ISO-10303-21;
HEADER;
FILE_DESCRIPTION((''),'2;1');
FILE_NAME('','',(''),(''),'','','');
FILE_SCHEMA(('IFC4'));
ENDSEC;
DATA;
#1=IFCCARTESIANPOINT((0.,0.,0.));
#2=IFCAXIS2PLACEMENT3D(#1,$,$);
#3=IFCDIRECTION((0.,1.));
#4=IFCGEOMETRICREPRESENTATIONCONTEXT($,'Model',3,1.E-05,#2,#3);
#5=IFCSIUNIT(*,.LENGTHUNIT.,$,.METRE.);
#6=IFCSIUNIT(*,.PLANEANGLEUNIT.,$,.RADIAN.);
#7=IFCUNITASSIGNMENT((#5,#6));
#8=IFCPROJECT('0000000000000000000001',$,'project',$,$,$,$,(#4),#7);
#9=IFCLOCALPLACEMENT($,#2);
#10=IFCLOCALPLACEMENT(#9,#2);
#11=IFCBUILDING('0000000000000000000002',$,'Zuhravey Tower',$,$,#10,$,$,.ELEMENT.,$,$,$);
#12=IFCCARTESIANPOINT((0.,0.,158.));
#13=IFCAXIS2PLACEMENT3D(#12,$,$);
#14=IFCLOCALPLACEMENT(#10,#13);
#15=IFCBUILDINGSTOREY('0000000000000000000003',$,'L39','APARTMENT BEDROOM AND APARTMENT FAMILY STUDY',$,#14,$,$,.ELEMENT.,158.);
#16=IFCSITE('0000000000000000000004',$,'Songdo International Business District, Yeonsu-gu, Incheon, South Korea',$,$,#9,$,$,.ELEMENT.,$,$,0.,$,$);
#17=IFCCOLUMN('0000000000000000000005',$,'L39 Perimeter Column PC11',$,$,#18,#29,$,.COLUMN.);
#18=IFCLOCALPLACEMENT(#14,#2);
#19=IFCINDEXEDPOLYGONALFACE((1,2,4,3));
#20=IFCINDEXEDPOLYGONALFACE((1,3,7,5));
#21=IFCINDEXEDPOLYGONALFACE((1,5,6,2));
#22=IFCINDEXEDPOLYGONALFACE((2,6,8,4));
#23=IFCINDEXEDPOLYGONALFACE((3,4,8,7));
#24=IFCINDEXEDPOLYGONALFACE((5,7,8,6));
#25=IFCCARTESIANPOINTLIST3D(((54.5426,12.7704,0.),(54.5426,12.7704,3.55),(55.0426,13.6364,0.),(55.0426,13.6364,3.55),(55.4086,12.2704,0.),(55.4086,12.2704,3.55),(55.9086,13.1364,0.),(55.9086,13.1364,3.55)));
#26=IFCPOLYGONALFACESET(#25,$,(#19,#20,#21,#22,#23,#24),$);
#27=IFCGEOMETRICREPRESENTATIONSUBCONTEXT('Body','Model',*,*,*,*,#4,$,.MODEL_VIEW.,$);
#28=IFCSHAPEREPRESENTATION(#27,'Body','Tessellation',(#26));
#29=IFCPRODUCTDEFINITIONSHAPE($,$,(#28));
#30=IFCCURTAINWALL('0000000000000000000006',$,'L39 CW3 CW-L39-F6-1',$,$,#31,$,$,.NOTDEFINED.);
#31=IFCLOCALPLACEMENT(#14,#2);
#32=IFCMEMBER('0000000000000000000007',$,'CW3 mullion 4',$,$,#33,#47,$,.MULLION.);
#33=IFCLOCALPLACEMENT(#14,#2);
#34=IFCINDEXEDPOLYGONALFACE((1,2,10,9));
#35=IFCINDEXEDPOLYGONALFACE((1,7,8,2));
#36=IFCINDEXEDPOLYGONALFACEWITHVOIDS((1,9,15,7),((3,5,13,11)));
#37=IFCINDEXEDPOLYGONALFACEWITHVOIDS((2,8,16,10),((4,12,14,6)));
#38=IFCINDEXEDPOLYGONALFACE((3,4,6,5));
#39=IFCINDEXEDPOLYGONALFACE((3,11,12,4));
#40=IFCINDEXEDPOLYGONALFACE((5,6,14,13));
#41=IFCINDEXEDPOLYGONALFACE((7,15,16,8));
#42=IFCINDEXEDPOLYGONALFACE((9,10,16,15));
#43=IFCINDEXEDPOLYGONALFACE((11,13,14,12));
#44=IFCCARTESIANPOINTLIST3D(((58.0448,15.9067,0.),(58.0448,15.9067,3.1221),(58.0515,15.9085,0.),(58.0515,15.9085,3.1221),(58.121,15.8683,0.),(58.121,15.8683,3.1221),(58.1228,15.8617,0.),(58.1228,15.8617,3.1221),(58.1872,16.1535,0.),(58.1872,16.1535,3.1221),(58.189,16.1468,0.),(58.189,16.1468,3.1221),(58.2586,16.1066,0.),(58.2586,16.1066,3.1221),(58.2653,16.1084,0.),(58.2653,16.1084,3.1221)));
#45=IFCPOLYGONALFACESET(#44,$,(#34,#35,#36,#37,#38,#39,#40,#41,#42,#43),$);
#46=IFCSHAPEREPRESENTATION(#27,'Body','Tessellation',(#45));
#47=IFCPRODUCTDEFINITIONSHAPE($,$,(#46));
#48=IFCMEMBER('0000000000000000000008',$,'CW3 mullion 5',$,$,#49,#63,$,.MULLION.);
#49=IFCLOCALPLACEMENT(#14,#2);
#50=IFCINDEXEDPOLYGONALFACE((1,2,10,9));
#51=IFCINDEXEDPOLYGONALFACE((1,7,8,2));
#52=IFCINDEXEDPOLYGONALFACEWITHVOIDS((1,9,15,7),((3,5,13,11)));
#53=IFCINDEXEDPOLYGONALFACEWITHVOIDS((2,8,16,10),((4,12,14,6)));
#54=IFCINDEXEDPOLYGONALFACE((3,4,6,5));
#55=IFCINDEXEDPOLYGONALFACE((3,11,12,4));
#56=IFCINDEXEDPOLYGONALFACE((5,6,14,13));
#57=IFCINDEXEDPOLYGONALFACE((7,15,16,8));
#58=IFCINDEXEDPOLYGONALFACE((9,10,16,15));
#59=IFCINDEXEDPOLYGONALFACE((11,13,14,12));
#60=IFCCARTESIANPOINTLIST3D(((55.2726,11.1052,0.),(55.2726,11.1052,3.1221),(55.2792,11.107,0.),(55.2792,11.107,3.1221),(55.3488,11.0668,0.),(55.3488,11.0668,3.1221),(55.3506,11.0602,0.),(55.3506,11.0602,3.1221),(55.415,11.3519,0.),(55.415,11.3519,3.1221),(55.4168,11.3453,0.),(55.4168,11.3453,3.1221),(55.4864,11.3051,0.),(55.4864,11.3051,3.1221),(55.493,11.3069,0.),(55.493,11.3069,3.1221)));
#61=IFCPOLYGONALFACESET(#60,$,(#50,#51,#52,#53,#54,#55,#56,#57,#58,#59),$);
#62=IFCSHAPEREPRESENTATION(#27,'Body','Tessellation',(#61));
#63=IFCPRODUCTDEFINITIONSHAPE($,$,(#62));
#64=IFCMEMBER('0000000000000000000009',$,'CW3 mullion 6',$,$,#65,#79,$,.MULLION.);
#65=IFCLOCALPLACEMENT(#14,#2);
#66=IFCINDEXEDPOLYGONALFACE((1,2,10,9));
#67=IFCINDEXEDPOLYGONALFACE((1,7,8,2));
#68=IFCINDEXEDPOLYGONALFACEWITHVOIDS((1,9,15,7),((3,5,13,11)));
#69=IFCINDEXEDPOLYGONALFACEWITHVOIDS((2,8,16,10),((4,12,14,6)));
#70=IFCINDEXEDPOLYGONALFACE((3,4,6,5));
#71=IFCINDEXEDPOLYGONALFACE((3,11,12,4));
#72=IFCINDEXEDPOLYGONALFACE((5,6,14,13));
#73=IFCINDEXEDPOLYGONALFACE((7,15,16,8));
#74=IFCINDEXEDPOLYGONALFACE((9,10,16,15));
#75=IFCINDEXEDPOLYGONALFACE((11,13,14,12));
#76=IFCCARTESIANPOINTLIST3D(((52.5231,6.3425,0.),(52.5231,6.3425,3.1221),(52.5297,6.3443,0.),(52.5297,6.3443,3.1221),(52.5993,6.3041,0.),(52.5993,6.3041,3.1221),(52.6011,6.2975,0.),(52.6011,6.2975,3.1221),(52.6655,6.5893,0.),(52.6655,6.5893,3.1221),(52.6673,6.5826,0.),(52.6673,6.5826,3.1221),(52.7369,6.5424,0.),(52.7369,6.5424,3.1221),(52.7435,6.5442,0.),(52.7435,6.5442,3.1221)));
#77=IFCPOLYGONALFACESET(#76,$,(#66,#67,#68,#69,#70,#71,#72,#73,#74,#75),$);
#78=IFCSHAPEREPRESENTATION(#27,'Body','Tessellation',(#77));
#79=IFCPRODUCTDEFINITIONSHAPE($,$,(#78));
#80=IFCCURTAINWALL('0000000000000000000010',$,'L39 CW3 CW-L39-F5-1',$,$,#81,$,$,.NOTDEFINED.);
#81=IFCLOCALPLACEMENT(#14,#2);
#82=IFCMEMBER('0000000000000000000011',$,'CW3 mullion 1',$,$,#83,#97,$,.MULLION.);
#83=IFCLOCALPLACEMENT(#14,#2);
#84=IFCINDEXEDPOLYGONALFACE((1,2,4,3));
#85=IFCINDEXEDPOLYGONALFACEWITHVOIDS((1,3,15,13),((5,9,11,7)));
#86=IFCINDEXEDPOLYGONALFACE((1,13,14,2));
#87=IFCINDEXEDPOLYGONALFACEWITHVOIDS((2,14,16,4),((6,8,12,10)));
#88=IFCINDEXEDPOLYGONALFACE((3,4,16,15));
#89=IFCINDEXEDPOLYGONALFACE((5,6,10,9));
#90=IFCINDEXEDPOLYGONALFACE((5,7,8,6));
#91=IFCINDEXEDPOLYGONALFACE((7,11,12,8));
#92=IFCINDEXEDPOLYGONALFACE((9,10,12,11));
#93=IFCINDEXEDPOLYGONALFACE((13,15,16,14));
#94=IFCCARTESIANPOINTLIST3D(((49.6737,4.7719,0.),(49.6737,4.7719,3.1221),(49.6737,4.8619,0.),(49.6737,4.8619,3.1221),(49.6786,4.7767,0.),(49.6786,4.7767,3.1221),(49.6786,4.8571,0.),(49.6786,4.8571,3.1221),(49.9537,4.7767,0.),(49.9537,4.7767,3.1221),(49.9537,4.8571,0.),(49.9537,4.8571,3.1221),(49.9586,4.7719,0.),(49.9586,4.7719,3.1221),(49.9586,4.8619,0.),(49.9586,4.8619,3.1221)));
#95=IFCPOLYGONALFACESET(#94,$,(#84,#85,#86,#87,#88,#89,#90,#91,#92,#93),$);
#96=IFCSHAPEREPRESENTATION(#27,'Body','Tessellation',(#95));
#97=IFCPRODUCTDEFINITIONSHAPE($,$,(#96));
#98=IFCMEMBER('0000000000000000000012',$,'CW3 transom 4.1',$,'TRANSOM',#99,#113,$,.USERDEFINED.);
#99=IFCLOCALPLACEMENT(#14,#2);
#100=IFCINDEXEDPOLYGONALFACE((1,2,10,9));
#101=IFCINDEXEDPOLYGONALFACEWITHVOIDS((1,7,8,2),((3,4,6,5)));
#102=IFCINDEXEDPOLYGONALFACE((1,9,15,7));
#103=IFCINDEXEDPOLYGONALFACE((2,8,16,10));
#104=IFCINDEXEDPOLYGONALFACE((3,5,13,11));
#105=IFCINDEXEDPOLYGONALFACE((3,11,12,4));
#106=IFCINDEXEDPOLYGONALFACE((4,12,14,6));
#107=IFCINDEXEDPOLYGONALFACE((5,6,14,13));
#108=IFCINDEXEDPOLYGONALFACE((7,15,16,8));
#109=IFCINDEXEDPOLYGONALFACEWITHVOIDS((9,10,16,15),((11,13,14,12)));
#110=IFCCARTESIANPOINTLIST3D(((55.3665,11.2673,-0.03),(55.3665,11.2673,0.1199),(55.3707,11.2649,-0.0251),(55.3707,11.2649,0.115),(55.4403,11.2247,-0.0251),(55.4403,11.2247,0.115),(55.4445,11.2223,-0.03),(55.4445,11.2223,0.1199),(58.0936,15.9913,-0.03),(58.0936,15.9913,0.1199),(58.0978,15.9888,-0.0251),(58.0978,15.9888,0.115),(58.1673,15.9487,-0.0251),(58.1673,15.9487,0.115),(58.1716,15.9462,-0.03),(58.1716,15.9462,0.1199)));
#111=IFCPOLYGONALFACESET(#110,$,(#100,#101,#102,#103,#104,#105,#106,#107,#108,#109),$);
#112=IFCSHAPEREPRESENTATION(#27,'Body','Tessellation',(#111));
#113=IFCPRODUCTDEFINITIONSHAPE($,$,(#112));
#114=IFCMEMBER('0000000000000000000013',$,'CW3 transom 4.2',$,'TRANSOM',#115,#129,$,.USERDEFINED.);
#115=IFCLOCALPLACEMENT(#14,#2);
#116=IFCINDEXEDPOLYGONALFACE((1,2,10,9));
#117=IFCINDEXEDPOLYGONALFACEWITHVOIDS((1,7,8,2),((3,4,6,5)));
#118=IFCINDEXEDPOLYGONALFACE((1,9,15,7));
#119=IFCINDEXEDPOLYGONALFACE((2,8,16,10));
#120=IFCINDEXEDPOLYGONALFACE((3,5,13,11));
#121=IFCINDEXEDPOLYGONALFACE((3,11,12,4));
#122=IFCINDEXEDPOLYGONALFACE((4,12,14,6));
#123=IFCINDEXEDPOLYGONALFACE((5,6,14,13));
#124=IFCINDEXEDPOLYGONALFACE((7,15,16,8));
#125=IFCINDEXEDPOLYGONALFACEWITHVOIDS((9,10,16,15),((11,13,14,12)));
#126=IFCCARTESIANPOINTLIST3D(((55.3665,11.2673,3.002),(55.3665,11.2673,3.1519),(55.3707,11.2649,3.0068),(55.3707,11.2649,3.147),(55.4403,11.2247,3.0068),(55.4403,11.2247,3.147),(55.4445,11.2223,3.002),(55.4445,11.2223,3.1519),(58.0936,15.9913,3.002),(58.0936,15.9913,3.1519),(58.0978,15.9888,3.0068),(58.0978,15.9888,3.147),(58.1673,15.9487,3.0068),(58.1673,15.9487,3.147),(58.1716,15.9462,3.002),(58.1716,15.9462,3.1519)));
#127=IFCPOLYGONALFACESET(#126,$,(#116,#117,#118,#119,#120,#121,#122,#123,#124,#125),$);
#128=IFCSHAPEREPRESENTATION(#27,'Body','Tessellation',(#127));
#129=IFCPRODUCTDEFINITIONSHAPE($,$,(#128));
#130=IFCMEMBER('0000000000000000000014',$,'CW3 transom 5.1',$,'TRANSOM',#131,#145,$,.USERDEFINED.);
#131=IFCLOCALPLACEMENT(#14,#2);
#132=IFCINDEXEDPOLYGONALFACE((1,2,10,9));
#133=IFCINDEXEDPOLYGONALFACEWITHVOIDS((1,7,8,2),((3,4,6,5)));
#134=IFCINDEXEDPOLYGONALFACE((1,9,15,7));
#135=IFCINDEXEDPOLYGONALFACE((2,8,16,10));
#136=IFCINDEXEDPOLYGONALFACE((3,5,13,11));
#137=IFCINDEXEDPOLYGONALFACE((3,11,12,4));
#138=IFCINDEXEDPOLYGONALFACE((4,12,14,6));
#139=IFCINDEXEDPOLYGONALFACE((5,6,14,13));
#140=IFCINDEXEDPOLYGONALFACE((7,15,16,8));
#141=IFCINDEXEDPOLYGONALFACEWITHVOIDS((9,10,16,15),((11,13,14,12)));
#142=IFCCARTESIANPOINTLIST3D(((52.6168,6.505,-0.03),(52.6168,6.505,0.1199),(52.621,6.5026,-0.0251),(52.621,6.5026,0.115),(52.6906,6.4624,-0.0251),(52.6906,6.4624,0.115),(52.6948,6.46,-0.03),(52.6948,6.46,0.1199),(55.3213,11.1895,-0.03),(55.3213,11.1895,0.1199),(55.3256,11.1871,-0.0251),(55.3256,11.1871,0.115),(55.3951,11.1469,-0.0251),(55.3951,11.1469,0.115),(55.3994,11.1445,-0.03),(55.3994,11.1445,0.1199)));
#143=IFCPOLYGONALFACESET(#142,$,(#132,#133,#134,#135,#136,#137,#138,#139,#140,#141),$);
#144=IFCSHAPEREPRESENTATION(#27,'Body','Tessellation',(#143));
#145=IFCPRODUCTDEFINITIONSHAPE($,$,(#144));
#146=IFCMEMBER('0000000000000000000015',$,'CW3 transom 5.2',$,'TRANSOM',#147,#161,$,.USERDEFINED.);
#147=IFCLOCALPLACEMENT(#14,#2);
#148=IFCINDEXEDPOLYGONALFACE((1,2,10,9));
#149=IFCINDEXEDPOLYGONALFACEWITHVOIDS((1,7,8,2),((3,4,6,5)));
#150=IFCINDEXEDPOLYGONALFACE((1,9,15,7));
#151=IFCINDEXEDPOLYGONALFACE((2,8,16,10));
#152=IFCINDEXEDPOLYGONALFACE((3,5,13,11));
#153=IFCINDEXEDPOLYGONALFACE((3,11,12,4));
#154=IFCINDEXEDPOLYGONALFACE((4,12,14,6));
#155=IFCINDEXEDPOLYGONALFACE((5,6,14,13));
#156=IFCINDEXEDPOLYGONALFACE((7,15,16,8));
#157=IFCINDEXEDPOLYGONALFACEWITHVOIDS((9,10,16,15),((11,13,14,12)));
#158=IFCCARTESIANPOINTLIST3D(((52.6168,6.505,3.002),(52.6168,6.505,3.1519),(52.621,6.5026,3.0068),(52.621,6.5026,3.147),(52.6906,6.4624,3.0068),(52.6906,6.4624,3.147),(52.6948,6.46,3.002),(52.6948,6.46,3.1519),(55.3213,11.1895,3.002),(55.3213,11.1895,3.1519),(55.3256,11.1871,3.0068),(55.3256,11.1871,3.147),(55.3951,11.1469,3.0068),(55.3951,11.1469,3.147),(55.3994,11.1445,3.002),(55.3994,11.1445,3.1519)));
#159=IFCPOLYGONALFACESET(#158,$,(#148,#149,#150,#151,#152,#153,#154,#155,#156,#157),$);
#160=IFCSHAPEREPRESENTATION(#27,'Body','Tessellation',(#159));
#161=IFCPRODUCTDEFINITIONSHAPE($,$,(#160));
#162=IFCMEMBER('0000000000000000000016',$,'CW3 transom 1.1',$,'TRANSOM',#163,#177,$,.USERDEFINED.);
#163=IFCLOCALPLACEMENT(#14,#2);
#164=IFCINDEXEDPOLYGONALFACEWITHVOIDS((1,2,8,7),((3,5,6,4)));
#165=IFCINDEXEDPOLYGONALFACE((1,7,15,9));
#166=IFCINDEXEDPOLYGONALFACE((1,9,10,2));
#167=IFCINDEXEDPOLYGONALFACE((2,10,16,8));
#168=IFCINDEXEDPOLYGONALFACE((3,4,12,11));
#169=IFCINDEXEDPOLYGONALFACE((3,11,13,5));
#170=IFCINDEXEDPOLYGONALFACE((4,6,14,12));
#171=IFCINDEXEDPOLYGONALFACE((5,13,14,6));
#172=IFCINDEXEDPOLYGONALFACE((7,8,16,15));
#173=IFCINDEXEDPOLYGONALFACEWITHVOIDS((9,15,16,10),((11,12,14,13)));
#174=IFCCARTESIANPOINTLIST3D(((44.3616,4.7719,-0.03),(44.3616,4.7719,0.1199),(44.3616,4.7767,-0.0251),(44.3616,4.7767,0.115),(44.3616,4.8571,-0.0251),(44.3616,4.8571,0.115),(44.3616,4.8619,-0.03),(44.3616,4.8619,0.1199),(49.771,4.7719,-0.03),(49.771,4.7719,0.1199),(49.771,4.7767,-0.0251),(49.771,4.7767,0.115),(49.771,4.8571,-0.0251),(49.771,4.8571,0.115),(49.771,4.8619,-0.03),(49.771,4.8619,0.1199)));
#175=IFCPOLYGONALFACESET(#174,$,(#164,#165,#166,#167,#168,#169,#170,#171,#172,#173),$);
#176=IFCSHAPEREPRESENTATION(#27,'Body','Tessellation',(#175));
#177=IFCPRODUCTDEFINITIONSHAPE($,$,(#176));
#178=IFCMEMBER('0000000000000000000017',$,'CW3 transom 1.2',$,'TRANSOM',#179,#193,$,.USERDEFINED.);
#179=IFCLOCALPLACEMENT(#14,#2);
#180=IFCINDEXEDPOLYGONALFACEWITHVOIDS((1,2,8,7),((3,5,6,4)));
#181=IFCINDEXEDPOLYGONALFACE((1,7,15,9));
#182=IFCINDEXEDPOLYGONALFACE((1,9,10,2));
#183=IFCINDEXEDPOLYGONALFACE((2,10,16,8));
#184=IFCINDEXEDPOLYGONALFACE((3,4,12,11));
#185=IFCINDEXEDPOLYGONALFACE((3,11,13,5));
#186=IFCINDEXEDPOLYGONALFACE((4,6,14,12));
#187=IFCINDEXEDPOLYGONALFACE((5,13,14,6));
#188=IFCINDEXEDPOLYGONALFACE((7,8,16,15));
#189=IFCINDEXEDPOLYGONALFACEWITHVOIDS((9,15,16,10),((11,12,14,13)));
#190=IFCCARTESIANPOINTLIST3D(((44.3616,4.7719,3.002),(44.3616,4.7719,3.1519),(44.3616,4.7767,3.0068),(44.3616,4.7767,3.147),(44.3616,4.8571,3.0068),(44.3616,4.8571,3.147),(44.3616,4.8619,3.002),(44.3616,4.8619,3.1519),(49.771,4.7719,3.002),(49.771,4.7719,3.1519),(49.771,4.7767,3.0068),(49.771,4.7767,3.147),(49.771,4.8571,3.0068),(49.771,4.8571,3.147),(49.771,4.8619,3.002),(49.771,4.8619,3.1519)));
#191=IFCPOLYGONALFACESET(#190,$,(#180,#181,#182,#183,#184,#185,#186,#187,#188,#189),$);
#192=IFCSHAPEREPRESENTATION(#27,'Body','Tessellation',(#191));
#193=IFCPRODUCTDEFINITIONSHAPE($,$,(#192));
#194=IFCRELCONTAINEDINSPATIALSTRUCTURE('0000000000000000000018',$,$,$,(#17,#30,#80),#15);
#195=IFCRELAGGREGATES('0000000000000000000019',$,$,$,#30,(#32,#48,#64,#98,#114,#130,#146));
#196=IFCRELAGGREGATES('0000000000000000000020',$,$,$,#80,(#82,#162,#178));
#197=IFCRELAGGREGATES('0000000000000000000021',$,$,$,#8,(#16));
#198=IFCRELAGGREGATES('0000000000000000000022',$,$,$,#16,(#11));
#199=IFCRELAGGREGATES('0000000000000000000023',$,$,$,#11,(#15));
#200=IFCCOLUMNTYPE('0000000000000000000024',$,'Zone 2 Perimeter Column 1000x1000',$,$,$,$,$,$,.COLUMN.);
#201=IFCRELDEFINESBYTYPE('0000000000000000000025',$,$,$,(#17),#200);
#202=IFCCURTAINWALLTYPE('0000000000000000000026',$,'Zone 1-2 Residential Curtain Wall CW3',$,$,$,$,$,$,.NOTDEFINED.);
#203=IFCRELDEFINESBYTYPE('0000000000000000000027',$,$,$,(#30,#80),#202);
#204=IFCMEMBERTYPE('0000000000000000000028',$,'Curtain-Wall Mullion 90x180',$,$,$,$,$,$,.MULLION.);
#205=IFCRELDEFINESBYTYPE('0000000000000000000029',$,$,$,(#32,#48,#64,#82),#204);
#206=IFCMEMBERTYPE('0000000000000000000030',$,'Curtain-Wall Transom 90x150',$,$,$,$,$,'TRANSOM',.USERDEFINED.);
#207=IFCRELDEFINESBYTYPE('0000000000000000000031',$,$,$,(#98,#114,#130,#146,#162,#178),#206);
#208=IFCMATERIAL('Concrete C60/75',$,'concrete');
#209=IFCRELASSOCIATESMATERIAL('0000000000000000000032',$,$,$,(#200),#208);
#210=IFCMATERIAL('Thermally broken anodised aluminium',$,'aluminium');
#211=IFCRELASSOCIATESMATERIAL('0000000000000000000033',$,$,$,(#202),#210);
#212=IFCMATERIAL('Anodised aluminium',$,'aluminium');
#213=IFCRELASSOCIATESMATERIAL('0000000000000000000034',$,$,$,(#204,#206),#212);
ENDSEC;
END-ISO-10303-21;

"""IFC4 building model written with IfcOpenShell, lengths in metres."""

from ifc_helpers import new_model, si_unit, direction, frame, origin, origin_2d, place, context, subcontext, project, spatial, rectangle, hollow_rectangle, extrude, material, material_profile, profile_set, type_object, element, aggregate, save


model = new_model("IFC4")

# Units and contexts
model_context = context("Model", 3, precision=1e-05, world=origin(), true_north=direction((0.0, 1.0)))
body_context = subcontext(model_context, "Body", "Model", "MODEL_VIEW")
ifc_project = project(units=[si_unit("LENGTHUNIT", "METRE"), si_unit("PLANEANGLEUNIT", "RADIAN")], contexts=[model_context])

# Site, building, storey
site_placement = place(None, origin())
site = spatial("IfcSite", under=ifc_project, at=site_placement, Name="Songdo International Business District, Yeonsu-gu, Incheon, South Korea", CompositionType="ELEMENT", RefElevation=0.0)
building_placement = place(site_placement, origin())
building = spatial("IfcBuilding", under=site, at=building_placement, Name="Zuhravey Tower", CompositionType="ELEMENT")
storey_placement = place(building_placement, frame((0.0, 0.0, 158.0)))
storey = spatial("IfcBuildingStorey", under=building, at=storey_placement, Name="L39", Description="APARTMENT BEDROOM AND APARTMENT FAMILY STUDY", CompositionType="ELEMENT", Elevation=158.0)

# Column
ifc_material_1 = material(Name="Concrete C60/75", Category="concrete")
ifc_material_profile_1 = material_profile(ifc_material_1, rectangle(XDim=1.0, YDim=1.0, at=origin_2d()), Name="RC-1000x1000")
ifc_profile_set_1 = profile_set([ifc_material_profile_1], Name="Concrete C60/75")
column_type = type_object("IfcColumnType", Name="Zone 2 Perimeter Column 1000x1000", PredefinedType="COLUMN", material=ifc_profile_set_1)
column_placement = place(storey_placement, frame((55.2256, 12.9534, 0.0), z_axis=(0.0, 0.0, 1.0), x_axis=(0.5, 0.866025, 0.0)))
element("IfcColumn", 1, at=column_placement, inside=storey, type_object=column_type, Name="L39 Perimeter Column PC11", PredefinedType="COLUMN", context=body_context, shape_type="SweptSolid", body=[
    extrude(rectangle(XDim=1.0, YDim=1.0, at=origin_2d()), origin(), (0.0, 0.0, 1.0), 3.55),
])

# Curtain wall, members
ifc_material_2 = material(Name="Thermally broken anodised aluminium", Category="aluminium")
curtain_wall_type = type_object("IfcCurtainWallType", Name="Zone 1-2 Residential Curtain Wall CW3", PredefinedType="NOTDEFINED", material=ifc_material_2)
curtain_wall_1_placement = place(storey_placement, origin())
curtain_wall_1 = element("IfcCurtainWall", 2, at=curtain_wall_1_placement, inside=storey, type_object=curtain_wall_type, Name="L39 CW3 CW-L39-F6-1", PredefinedType="NOTDEFINED")
ifc_material_3 = material(Name="Anodised aluminium", Category="aluminium")
ifc_material_profile_2 = material_profile(ifc_material_3, hollow_rectangle(XDim=0.0901, YDim=0.2849, WallThickness=0.0049, at=origin_2d()), Name="ALU-RHS-90x285x5")
ifc_profile_set_2 = profile_set([ifc_material_profile_2], Name="Anodised aluminium")
member_type_1 = type_object("IfcMemberType", Name="Curtain-Wall Mullion 90x180", PredefinedType="MULLION", material=ifc_profile_set_2)
member_1_placement = place(storey_placement, frame((58.155, 16.0076, 0.0), z_axis=(0.0, 0.0, 1.0), x_axis=(0.866025, -0.5, 0.0)))
member_1 = element("IfcMember", 3, at=member_1_placement, type_object=member_type_1, Name="CW3 mullion 4", PredefinedType="MULLION", context=body_context, shape_type="SweptSolid", body=[
    extrude(hollow_rectangle(XDim=0.0901, YDim=0.2849, WallThickness=0.0049, at=origin_2d()), origin(), (0.0, 0.0, 1.0), 3.1221),
])
member_2_placement = place(storey_placement, frame((55.3828, 11.2061, 0.0), z_axis=(0.0, 0.0, 1.0), x_axis=(0.866025, -0.5, 0.0)))
member_2 = element("IfcMember", 4, at=member_2_placement, type_object=member_type_1, Name="CW3 mullion 5", PredefinedType="MULLION", context=body_context, shape_type="SweptSolid", body=[
    extrude(hollow_rectangle(XDim=0.0901, YDim=0.2849, WallThickness=0.0049, at=origin_2d()), origin(), (0.0, 0.0, 1.0), 3.1221),
])
member_3_placement = place(storey_placement, frame((52.6333, 6.4434, 0.0), z_axis=(0.0, 0.0, 1.0), x_axis=(0.866025, -0.5, 0.0)))
member_3 = element("IfcMember", 5, at=member_3_placement, type_object=member_type_1, Name="CW3 mullion 6", PredefinedType="MULLION", context=body_context, shape_type="SweptSolid", body=[
    extrude(hollow_rectangle(XDim=0.0901, YDim=0.2849, WallThickness=0.0049, at=origin_2d()), origin(), (0.0, 0.0, 1.0), 3.1221),
])

# Curtain wall, member
curtain_wall_2_placement = place(storey_placement, origin())
curtain_wall_2 = element("IfcCurtainWall", 6, at=curtain_wall_2_placement, inside=storey, type_object=curtain_wall_type, Name="L39 CW3 CW-L39-F5-1", PredefinedType="NOTDEFINED")
member_4_placement = place(storey_placement, frame((49.8162, 4.8169, 0.0), z_axis=(0.0, 0.0, 1.0), x_axis=(0.0, -1.0, 0.0)))
member_4 = element("IfcMember", 7, at=member_4_placement, type_object=member_type_1, Name="CW3 mullion 1", PredefinedType="MULLION", context=body_context, shape_type="SweptSolid", body=[
    extrude(hollow_rectangle(XDim=0.0901, YDim=0.2849, WallThickness=0.0049, at=origin_2d()), origin(), (0.0, 0.0, 1.0), 3.1221),
])

# Members
ifc_material_profile_3 = material_profile(ifc_material_3, hollow_rectangle(XDim=0.0901, YDim=0.1499, WallThickness=0.0049, at=origin_2d()), Name="ALU-RHS-90x150x5")
ifc_profile_set_3 = profile_set([ifc_material_profile_3], Name="Anodised aluminium")
member_type_2 = type_object("IfcMemberType", Name="Curtain-Wall Transom 90x150", ElementType="TRANSOM", PredefinedType="USERDEFINED", material=ifc_profile_set_3)
member_5_placement = place(storey_placement, frame((58.1326, 15.9688, 0.0449), z_axis=(-0.499961, -0.866048, 0.0), x_axis=(0.866048, -0.499961, 0.0)))
member_5 = element("IfcMember", 8, at=member_5_placement, type_object=member_type_2, Name="CW3 transom 4.1", ObjectType="TRANSOM", PredefinedType="USERDEFINED", context=body_context, shape_type="SweptSolid", body=[
    extrude(hollow_rectangle(XDim=0.0901, YDim=0.1499, WallThickness=0.0049, at=origin_2d()), origin(), (0.0, 0.0, 1.0), 5.4546),
])
member_6_placement = place(storey_placement, frame((58.1326, 15.9688, 3.0769), z_axis=(-0.499961, -0.866048, 0.0), x_axis=(0.866048, -0.499961, 0.0)))
member_6 = element("IfcMember", 9, at=member_6_placement, type_object=member_type_2, Name="CW3 transom 4.2", ObjectType="TRANSOM", PredefinedType="USERDEFINED", context=body_context, shape_type="SweptSolid", body=[
    extrude(hollow_rectangle(XDim=0.0901, YDim=0.1499, WallThickness=0.0049, at=origin_2d()), origin(), (0.0, 0.0, 1.0), 5.4546),
])
member_7_placement = place(storey_placement, frame((55.3604, 11.167, 0.0449), z_axis=(-0.499993, -0.866029, 0.0), x_axis=(0.866029, -0.499993, 0.0)))
member_7 = element("IfcMember", 10, at=member_7_placement, type_object=member_type_2, Name="CW3 transom 5.1", ObjectType="TRANSOM", PredefinedType="USERDEFINED", context=body_context, shape_type="SweptSolid", body=[
    extrude(hollow_rectangle(XDim=0.0901, YDim=0.1499, WallThickness=0.0049, at=origin_2d()), origin(), (0.0, 0.0, 1.0), 5.4092),
])
member_8_placement = place(storey_placement, frame((55.3604, 11.167, 3.0769), z_axis=(-0.499993, -0.866029, 0.0), x_axis=(0.866029, -0.499993, 0.0)))
member_8 = element("IfcMember", 11, at=member_8_placement, type_object=member_type_2, Name="CW3 transom 5.2", ObjectType="TRANSOM", PredefinedType="USERDEFINED", context=body_context, shape_type="SweptSolid", body=[
    extrude(hollow_rectangle(XDim=0.0901, YDim=0.1499, WallThickness=0.0049, at=origin_2d()), origin(), (0.0, 0.0, 1.0), 5.4092),
])
member_9_placement = place(storey_placement, frame((49.771, 4.8169, 0.0449), z_axis=(-1.0, 0.0, 0.0), x_axis=(0.0, -1.0, 0.0)))
member_9 = element("IfcMember", 12, at=member_9_placement, type_object=member_type_2, Name="CW3 transom 1.1", ObjectType="TRANSOM", PredefinedType="USERDEFINED", context=body_context, shape_type="SweptSolid", body=[
    extrude(hollow_rectangle(XDim=0.0901, YDim=0.1499, WallThickness=0.0049, at=origin_2d()), origin(), (0.0, 0.0, 1.0), 5.4094),
])
member_10_placement = place(storey_placement, frame((49.771, 4.8169, 3.0769), z_axis=(-1.0, 0.0, 0.0), x_axis=(0.0, -1.0, 0.0)))
member_10 = element("IfcMember", 13, at=member_10_placement, type_object=member_type_2, Name="CW3 transom 1.2", ObjectType="TRANSOM", PredefinedType="USERDEFINED", context=body_context, shape_type="SweptSolid", body=[
    extrude(hollow_rectangle(XDim=0.0901, YDim=0.1499, WallThickness=0.0049, at=origin_2d()), origin(), (0.0, 0.0, 1.0), 5.4094),
])

aggregate(curtain_wall_1, [member_1, member_2, member_3, member_5, member_6, member_7, member_8])
aggregate(curtain_wall_2, [member_4, member_9, member_10])

save(model, "model.ifc")
